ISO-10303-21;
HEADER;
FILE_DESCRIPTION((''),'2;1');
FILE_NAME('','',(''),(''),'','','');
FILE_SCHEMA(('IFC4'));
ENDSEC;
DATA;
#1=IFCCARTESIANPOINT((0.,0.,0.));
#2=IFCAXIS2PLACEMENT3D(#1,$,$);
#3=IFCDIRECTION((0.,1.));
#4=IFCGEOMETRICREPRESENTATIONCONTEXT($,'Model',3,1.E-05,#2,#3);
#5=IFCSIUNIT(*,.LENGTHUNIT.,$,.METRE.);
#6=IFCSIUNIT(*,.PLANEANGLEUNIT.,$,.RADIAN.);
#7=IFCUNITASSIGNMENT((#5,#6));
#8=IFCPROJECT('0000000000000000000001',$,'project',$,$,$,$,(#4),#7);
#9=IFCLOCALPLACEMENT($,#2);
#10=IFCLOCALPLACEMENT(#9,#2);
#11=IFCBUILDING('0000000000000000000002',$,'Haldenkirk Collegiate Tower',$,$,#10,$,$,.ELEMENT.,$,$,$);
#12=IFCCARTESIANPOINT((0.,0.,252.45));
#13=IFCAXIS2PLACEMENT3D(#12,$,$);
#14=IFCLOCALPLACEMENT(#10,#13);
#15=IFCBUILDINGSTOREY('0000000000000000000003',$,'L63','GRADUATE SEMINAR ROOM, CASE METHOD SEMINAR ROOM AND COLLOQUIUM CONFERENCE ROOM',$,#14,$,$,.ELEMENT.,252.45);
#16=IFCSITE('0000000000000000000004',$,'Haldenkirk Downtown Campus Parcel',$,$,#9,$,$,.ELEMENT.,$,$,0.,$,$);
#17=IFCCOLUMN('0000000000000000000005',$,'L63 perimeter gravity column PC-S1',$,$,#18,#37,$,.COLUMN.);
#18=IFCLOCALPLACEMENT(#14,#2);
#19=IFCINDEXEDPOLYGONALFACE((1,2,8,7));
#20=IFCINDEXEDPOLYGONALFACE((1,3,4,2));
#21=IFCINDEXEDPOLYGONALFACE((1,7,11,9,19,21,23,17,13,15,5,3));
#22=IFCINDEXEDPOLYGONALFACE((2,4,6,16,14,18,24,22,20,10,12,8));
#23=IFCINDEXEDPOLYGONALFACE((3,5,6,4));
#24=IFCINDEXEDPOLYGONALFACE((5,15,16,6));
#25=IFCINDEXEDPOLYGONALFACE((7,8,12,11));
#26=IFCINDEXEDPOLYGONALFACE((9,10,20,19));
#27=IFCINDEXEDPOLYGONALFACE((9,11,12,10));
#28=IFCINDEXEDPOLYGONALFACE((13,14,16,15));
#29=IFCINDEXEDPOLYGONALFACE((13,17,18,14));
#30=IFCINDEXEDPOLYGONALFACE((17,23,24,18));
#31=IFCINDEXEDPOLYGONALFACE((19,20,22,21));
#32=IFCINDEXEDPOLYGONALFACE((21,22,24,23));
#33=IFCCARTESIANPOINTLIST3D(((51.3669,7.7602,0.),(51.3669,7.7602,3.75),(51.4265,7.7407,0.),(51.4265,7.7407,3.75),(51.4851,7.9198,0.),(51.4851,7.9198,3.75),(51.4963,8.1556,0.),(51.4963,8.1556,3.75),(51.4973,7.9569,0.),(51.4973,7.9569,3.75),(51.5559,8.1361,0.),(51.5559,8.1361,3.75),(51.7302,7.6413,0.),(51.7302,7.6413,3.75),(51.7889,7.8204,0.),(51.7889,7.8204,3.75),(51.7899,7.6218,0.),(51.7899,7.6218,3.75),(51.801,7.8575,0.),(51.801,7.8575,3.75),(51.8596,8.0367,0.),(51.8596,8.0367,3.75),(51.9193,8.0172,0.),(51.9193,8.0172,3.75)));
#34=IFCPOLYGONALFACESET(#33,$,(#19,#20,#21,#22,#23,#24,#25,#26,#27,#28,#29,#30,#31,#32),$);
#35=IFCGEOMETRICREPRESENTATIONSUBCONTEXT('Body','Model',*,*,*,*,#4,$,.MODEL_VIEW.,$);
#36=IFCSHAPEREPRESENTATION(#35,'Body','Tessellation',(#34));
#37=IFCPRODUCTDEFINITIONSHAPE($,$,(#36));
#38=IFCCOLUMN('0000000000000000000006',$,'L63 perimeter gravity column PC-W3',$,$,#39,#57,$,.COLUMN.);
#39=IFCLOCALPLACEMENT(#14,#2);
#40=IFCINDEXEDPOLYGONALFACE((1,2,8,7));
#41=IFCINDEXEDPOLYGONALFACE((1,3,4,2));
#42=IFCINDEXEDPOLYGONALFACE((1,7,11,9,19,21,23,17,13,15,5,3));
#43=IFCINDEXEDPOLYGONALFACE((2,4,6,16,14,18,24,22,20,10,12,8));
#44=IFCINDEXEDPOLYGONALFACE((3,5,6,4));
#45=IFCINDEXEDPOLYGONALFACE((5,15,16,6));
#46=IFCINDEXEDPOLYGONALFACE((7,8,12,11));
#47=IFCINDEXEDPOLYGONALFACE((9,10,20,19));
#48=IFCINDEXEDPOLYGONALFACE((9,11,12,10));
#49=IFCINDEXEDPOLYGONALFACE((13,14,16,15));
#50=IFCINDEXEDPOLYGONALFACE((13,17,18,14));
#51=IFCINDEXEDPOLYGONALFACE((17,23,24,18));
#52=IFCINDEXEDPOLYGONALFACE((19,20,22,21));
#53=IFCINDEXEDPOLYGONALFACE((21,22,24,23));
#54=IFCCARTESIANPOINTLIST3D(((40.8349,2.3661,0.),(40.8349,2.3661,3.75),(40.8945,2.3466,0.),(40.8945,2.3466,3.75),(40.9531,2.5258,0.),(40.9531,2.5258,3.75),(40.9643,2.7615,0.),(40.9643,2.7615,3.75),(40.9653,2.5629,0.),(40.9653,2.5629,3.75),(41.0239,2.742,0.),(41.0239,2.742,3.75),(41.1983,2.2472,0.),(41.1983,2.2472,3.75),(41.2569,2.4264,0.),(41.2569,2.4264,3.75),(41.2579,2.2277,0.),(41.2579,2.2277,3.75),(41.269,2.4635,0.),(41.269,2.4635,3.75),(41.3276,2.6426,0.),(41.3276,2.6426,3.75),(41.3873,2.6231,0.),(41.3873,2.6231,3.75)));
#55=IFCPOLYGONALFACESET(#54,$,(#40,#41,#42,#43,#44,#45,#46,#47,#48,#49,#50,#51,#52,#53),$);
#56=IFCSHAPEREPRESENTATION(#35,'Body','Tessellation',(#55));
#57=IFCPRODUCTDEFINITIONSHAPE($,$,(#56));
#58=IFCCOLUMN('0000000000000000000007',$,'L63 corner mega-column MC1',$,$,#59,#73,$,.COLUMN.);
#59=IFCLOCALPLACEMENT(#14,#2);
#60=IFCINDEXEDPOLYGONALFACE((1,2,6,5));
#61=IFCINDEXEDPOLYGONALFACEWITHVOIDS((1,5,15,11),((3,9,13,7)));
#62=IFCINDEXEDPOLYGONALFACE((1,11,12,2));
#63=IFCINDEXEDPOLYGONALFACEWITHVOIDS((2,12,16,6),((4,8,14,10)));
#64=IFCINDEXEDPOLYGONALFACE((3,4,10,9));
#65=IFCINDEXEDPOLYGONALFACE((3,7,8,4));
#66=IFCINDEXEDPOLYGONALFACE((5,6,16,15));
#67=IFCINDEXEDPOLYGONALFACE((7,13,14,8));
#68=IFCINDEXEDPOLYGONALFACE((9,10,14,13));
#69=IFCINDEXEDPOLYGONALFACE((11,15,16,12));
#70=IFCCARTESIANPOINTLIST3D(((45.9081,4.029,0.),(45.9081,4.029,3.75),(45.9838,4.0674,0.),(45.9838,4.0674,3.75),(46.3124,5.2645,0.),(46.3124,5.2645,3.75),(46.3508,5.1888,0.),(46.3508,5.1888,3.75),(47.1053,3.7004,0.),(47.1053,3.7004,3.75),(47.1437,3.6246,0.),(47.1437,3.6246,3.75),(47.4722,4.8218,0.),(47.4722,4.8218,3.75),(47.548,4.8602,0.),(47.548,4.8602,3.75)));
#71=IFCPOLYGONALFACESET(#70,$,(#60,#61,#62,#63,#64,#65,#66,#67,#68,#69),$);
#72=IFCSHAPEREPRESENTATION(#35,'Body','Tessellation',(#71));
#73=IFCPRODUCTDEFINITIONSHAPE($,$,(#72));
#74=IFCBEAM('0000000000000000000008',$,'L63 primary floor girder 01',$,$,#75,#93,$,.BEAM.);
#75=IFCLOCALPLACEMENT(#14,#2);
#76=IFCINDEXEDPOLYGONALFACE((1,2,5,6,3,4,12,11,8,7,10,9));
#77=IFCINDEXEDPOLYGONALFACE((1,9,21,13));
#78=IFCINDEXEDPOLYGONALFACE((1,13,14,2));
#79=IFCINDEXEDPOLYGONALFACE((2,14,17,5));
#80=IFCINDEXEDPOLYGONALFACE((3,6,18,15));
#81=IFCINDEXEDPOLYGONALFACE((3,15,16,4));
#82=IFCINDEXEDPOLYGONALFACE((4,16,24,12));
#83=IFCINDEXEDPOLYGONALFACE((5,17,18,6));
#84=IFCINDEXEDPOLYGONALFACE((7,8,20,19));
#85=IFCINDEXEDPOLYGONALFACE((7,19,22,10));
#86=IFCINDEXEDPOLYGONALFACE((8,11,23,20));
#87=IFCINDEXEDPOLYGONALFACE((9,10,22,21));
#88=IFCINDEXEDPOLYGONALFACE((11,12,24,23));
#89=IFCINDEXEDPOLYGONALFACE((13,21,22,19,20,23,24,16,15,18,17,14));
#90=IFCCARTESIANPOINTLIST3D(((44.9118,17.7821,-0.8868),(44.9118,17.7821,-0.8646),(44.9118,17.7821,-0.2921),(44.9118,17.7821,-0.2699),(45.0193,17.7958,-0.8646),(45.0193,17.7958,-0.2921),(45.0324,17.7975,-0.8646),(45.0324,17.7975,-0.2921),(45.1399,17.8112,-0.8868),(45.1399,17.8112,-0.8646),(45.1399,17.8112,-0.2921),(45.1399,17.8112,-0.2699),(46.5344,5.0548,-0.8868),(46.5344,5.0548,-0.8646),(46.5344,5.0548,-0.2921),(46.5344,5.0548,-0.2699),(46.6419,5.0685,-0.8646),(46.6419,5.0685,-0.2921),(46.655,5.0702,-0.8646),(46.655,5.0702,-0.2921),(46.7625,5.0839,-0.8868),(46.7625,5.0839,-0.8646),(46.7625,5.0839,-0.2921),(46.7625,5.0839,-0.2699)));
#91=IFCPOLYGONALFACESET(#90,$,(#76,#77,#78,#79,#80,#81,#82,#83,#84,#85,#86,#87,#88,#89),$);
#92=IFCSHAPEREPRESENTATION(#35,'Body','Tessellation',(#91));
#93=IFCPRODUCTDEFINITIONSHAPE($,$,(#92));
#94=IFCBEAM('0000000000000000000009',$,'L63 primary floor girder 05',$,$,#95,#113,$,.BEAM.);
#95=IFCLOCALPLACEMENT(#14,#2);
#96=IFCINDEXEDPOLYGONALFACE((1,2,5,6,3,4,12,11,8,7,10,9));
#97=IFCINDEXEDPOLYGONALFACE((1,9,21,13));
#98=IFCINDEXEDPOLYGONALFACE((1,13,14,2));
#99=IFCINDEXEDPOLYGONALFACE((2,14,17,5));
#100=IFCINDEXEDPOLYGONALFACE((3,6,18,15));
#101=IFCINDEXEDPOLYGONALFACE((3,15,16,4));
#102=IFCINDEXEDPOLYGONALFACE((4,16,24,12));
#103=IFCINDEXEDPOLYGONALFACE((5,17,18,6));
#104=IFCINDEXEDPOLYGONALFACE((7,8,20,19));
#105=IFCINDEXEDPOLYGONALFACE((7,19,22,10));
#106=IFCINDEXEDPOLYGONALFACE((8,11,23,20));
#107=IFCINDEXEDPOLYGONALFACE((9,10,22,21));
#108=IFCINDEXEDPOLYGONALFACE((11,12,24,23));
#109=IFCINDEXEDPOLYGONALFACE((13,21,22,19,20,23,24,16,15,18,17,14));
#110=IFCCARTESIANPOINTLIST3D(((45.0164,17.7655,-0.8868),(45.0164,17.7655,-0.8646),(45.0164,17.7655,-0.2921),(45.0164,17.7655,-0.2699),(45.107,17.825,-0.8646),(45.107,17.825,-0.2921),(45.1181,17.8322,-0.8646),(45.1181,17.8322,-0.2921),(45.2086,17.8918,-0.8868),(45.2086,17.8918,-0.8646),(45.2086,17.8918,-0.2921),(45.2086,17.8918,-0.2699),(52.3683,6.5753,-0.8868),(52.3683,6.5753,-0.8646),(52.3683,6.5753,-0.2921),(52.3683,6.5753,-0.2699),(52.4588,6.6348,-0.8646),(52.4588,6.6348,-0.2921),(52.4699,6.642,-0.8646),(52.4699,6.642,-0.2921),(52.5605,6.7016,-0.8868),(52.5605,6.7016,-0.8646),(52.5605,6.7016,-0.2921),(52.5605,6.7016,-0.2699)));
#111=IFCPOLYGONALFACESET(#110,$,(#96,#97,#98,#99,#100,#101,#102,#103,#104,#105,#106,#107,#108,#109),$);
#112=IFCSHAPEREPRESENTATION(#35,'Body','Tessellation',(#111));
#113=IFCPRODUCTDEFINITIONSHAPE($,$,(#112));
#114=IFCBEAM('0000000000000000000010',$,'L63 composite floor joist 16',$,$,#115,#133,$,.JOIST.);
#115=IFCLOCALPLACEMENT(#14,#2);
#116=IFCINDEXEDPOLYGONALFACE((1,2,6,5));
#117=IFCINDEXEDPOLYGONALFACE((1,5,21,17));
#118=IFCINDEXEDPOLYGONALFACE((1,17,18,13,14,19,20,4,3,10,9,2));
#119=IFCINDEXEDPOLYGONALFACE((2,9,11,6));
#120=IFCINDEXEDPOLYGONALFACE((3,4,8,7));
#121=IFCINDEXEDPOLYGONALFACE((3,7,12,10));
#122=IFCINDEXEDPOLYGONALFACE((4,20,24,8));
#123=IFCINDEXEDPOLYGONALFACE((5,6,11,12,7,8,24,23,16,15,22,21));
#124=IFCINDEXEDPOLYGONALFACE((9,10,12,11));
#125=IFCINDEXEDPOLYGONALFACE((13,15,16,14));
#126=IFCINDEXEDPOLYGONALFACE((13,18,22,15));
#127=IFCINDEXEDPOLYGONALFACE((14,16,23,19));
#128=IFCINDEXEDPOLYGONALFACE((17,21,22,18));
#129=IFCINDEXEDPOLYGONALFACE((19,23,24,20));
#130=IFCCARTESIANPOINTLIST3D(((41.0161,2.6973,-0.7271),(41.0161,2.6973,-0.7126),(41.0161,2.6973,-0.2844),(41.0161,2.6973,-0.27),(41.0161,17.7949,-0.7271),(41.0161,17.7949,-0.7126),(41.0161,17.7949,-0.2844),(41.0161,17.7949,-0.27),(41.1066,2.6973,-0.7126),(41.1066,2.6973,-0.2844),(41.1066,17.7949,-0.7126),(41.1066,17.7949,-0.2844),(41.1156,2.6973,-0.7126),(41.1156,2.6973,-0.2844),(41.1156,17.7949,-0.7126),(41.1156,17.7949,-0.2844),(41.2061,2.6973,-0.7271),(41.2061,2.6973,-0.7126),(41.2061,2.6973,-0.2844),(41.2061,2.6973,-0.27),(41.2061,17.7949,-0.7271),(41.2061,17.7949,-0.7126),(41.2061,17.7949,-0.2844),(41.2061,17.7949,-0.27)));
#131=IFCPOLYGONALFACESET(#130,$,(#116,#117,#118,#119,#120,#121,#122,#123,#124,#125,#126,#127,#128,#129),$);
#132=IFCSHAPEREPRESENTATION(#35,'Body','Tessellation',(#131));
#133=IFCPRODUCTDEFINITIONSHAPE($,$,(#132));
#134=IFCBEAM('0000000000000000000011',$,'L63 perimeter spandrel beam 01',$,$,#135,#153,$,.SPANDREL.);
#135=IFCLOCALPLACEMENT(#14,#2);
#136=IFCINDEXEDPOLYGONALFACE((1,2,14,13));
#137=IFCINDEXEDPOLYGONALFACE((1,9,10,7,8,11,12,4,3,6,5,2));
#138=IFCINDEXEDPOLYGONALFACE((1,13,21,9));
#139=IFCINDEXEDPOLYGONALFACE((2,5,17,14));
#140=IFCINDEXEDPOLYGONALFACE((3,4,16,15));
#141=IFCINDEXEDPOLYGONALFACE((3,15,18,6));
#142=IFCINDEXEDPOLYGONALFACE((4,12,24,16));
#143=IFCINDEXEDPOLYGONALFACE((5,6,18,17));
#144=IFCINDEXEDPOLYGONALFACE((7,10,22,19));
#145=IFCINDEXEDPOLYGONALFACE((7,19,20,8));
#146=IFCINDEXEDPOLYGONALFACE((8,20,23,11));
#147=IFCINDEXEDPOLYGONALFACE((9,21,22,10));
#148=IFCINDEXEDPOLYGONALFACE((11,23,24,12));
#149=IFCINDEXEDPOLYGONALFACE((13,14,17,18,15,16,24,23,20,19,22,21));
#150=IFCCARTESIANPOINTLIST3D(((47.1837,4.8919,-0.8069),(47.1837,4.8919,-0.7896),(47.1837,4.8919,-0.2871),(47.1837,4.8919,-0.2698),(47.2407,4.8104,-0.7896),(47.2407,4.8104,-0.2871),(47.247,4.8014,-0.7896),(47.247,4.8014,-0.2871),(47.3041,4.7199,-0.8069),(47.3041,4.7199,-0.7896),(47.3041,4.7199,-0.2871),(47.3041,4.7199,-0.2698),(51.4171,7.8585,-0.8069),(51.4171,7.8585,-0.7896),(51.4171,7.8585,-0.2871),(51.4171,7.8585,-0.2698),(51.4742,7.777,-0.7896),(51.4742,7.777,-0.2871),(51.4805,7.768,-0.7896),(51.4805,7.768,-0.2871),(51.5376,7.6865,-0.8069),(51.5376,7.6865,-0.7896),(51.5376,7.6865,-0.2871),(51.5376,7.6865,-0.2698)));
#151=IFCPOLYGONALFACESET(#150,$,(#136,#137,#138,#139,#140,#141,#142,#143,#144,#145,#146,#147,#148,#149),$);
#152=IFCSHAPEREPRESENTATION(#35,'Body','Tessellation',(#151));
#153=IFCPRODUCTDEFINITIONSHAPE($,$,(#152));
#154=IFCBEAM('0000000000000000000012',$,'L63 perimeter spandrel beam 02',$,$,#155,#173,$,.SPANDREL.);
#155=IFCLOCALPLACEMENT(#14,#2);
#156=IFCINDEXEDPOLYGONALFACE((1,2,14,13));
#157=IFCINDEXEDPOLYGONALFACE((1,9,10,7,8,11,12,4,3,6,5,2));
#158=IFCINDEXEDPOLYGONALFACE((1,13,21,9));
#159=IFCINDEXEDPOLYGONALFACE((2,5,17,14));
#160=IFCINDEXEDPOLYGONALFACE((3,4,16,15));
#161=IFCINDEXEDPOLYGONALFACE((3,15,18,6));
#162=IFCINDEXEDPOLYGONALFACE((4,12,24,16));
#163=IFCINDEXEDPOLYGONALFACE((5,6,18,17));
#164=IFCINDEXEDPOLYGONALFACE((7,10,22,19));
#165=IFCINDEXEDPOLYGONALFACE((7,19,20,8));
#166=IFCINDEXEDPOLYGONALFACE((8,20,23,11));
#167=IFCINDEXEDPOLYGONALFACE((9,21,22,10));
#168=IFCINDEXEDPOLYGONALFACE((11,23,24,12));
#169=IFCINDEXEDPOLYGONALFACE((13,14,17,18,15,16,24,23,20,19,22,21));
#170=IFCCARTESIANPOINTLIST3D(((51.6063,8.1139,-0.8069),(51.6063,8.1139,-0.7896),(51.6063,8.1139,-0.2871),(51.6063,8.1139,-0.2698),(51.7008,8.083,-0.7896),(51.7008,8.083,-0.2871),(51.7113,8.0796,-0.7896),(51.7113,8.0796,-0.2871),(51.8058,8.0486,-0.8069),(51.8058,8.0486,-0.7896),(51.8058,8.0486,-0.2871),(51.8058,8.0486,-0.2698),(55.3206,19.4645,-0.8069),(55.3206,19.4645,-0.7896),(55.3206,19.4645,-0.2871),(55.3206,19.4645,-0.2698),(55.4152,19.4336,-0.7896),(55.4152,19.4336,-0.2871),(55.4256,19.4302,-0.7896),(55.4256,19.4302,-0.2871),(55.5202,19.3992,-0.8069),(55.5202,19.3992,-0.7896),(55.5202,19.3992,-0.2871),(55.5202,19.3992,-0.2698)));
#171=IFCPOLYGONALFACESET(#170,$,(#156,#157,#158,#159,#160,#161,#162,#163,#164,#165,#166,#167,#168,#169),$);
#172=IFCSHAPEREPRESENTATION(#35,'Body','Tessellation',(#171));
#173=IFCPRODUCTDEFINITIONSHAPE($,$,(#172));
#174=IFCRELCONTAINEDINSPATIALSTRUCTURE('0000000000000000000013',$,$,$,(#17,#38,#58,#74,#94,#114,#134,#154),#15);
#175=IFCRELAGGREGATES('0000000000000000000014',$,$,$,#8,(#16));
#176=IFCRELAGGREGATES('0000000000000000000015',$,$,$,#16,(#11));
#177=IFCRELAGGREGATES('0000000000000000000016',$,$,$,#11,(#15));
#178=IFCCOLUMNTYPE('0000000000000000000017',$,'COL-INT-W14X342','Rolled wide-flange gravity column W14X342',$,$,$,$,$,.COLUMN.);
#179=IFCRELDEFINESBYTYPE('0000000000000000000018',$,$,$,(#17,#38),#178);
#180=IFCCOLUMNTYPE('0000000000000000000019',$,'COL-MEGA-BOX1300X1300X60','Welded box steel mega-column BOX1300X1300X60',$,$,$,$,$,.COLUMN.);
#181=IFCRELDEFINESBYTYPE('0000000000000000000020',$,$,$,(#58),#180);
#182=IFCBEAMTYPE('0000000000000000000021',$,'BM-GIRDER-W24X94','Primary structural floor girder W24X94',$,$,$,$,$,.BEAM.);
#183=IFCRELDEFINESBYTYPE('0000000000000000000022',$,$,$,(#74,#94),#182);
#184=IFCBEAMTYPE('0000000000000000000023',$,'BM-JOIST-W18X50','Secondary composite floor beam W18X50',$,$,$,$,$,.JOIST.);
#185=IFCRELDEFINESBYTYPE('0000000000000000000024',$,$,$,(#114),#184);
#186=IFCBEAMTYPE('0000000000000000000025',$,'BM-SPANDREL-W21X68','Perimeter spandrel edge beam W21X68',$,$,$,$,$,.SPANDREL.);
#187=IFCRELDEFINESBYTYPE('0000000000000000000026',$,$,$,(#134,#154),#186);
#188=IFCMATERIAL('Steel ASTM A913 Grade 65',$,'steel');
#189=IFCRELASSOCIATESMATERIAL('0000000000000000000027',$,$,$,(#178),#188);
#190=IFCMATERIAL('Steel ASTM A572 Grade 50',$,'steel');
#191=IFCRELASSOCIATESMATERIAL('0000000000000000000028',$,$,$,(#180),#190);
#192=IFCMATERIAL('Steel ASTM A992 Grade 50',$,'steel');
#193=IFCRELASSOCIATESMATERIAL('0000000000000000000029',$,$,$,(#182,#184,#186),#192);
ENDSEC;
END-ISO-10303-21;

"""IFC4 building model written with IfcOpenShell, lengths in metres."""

from ifc_helpers import new_model, si_unit, direction, frame, origin, origin_2d, place, context, subcontext, project, spatial, hollow_rectangle, i_section, extrude, material, material_profile, profile_set, type_object, element, save


model = new_model("IFC4")

# Units and contexts
model_context = context("Model", 3, precision=1e-05, world=origin(), true_north=direction((0.0, 1.0)))
body_context = subcontext(model_context, "Body", "Model", "MODEL_VIEW")
ifc_project = project(units=[si_unit("LENGTHUNIT", "METRE"), si_unit("PLANEANGLEUNIT", "RADIAN")], contexts=[model_context])

# Site, building, storey
site_placement = place(None, origin())
site = spatial("IfcSite", under=ifc_project, at=site_placement, Name="Haldenkirk Downtown Campus Parcel", CompositionType="ELEMENT", RefElevation=0.0)
building_placement = place(site_placement, origin())
building = spatial("IfcBuilding", under=site, at=building_placement, Name="Haldenkirk Collegiate Tower", CompositionType="ELEMENT")
storey_placement = place(building_placement, frame((0.0, 0.0, 252.45)))
storey = spatial("IfcBuildingStorey", under=building, at=storey_placement, Name="L63", Description="GRADUATE SEMINAR ROOM, CASE METHOD SEMINAR ROOM AND COLLOQUIUM CONFERENCE ROOM", CompositionType="ELEMENT", Elevation=252.45)

# Columns
ifc_material_1 = material(Name="Steel ASTM A913 Grade 65", Category="steel")
ifc_material_profile_1 = material_profile(ifc_material_1, i_section(OverallWidth=0.416, OverallDepth=0.4451, WebThickness=0.0391, FlangeThickness=0.0627, at=origin_2d()), Name="W14X342")
ifc_profile_set_1 = profile_set([ifc_material_profile_1], Name="Steel ASTM A913 Grade 65")
column_type_1 = type_object("IfcColumnType", Name="COL-INT-W14X342", Description="Rolled wide-flange gravity column W14X342", PredefinedType="COLUMN", material=ifc_profile_set_1)
for number, where, z_axis, x_axis, name in (
    (1, (51.6431, 7.8887, 0.0), (0.0, 0.0, 1.0), (0.311008, 0.950407, 0.0), "L63 perimeter gravity column PC-S1"),
    (2, (41.1111, 2.4946, 0.0), (0.0, 0.0, 1.0), (0.311008, 0.950407, 0.0), "L63 perimeter gravity column PC-W3"),
):
    element("IfcColumn", number, at=place(storey_placement, frame(where, z_axis=z_axis, x_axis=x_axis)), inside=storey, type_object=column_type_1, Name=name, PredefinedType="COLUMN", context=body_context, shape_type="SweptSolid", body=[
        extrude(i_section(OverallWidth=0.416, OverallDepth=0.4451, WebThickness=0.0391, FlangeThickness=0.0627, at=origin_2d()), origin(), (0.0, 0.0, 1.0), 3.75),
    ])
ifc_material_2 = material(Name="Steel ASTM A572 Grade 50", Category="steel")
ifc_material_profile_2 = material_profile(ifc_material_2, hollow_rectangle(XDim=1.3, YDim=1.3, WallThickness=0.0601, at=origin_2d()), Name="BOX1300X1300X60")
ifc_profile_set_2 = profile_set([ifc_material_profile_2], Name="Steel ASTM A572 Grade 50")
column_type_2 = type_object("IfcColumnType", Name="COL-MEGA-BOX1300X1300X60", Description="Welded box steel mega-column BOX1300X1300X60", PredefinedType="COLUMN", material=ifc_profile_set_2)
column_placement = place(storey_placement, frame((46.728, 4.4446, 0.0), z_axis=(0.0, 0.0, 1.0), x_axis=(0.311008, 0.950407, 0.0)))
element("IfcColumn", 3, at=column_placement, inside=storey, type_object=column_type_2, Name="L63 corner mega-column MC1", PredefinedType="COLUMN", context=body_context, shape_type="SweptSolid", body=[
    extrude(hollow_rectangle(XDim=1.3, YDim=1.3, WallThickness=0.0601, at=origin_2d()), origin(), (0.0, 0.0, 1.0), 3.75),
])

# Beams
ifc_material_3 = material(Name="Steel ASTM A992 Grade 50", Category="steel")
ifc_material_profile_3 = material_profile(ifc_material_3, i_section(OverallWidth=0.23, OverallDepth=0.6169, WebThickness=0.0132, FlangeThickness=0.0222, at=origin_2d()), Name="W24X94")
ifc_profile_set_3 = profile_set([ifc_material_profile_3], Name="Steel ASTM A992 Grade 50")
beam_type_1 = type_object("IfcBeamType", Name="BM-GIRDER-W24X94", Description="Primary structural floor girder W24X94", PredefinedType="BEAM", material=ifc_profile_set_3)
beam_1_placement = place(storey_placement, frame((46.6484, 5.0693, -0.5784), z_axis=(-0.126463, 0.991971, 0.0), x_axis=(-0.991971, -0.126463, 0.0)))
element("IfcBeam", 4, at=beam_1_placement, inside=storey, type_object=beam_type_1, Name="L63 primary floor girder 01", PredefinedType="BEAM", context=body_context, shape_type="SweptSolid", body=[
    extrude(i_section(OverallWidth=0.23, OverallDepth=0.6169, WebThickness=0.0132, FlangeThickness=0.0222, at=origin_2d()), origin(), (0.0, 0.0, 1.0), 12.8303),
])
beam_2_placement = place(storey_placement, frame((52.4644, 6.6384, -0.5784), z_axis=(-0.549087, 0.835765, 0.0), x_axis=(-0.835765, -0.549087, 0.0)))
element("IfcBeam", 5, at=beam_2_placement, inside=storey, type_object=beam_type_1, Name="L63 primary floor girder 05", PredefinedType="BEAM", context=body_context, shape_type="SweptSolid", body=[
    extrude(i_section(OverallWidth=0.23, OverallDepth=0.6169, WebThickness=0.0132, FlangeThickness=0.0222, at=origin_2d()), origin(), (0.0, 0.0, 1.0), 13.3892),
])
ifc_material_profile_4 = material_profile(ifc_material_3, i_section(OverallWidth=0.1899, OverallDepth=0.457, WebThickness=0.009, FlangeThickness=0.0144, at=origin_2d()), Name="W18X50")
ifc_profile_set_4 = profile_set([ifc_material_profile_4], Name="Steel ASTM A992 Grade 50")
beam_type_2 = type_object("IfcBeamType", Name="BM-JOIST-W18X50", Description="Secondary composite floor beam W18X50", PredefinedType="JOIST", material=ifc_profile_set_4)
beam_3_placement = place(storey_placement, frame((41.1111, 2.6973, -0.4985), z_axis=(0.0, 1.0, 0.0), x_axis=(-1.0, 0.0, 0.0)))
element("IfcBeam", 6, at=beam_3_placement, inside=storey, type_object=beam_type_2, Name="L63 composite floor joist 16", PredefinedType="JOIST", context=body_context, shape_type="SweptSolid", body=[
    extrude(i_section(OverallWidth=0.1899, OverallDepth=0.457, WebThickness=0.009, FlangeThickness=0.0144, at=origin_2d()), origin(), (0.0, 0.0, 1.0), 15.0977),
])
ifc_material_profile_5 = material_profile(ifc_material_3, i_section(OverallWidth=0.21, OverallDepth=0.5371, WebThickness=0.011, FlangeThickness=0.0173, at=origin_2d()), Name="W21X68")
ifc_profile_set_5 = profile_set([ifc_material_profile_5], Name="Steel ASTM A992 Grade 50")
beam_type_3 = type_object("IfcBeamType", Name="BM-SPANDREL-W21X68", Description="Perimeter spandrel edge beam W21X68", PredefinedType="SPANDREL", material=ifc_profile_set_5)
beam_4_placement = place(storey_placement, frame((47.2439, 4.8059, -0.5383), z_axis=(0.818943, 0.573874, 0.0), x_axis=(-0.573874, 0.818943, 0.0)))
element("IfcBeam", 7, at=beam_4_placement, inside=storey, type_object=beam_type_3, Name="L63 perimeter spandrel beam 01", PredefinedType="SPANDREL", context=body_context, shape_type="SweptSolid", body=[
    extrude(i_section(OverallWidth=0.21, OverallDepth=0.5371, WebThickness=0.011, FlangeThickness=0.0173, at=origin_2d()), origin(), (0.0, 0.0, 1.0), 5.1694),
])
beam_5_placement = place(storey_placement, frame((51.7061, 8.0813, -0.5383), z_axis=(0.31101, 0.950407, 0.0), x_axis=(-0.950407, 0.31101, 0.0)))
element("IfcBeam", 8, at=beam_5_placement, inside=storey, type_object=beam_type_3, Name="L63 perimeter spandrel beam 02", PredefinedType="SPANDREL", context=body_context, shape_type="SweptSolid", body=[
    extrude(i_section(OverallWidth=0.21, OverallDepth=0.5371, WebThickness=0.011, FlangeThickness=0.0173, at=origin_2d()), origin(), (0.0, 0.0, 1.0), 11.9429),
])

save(model, "model.ifc")
